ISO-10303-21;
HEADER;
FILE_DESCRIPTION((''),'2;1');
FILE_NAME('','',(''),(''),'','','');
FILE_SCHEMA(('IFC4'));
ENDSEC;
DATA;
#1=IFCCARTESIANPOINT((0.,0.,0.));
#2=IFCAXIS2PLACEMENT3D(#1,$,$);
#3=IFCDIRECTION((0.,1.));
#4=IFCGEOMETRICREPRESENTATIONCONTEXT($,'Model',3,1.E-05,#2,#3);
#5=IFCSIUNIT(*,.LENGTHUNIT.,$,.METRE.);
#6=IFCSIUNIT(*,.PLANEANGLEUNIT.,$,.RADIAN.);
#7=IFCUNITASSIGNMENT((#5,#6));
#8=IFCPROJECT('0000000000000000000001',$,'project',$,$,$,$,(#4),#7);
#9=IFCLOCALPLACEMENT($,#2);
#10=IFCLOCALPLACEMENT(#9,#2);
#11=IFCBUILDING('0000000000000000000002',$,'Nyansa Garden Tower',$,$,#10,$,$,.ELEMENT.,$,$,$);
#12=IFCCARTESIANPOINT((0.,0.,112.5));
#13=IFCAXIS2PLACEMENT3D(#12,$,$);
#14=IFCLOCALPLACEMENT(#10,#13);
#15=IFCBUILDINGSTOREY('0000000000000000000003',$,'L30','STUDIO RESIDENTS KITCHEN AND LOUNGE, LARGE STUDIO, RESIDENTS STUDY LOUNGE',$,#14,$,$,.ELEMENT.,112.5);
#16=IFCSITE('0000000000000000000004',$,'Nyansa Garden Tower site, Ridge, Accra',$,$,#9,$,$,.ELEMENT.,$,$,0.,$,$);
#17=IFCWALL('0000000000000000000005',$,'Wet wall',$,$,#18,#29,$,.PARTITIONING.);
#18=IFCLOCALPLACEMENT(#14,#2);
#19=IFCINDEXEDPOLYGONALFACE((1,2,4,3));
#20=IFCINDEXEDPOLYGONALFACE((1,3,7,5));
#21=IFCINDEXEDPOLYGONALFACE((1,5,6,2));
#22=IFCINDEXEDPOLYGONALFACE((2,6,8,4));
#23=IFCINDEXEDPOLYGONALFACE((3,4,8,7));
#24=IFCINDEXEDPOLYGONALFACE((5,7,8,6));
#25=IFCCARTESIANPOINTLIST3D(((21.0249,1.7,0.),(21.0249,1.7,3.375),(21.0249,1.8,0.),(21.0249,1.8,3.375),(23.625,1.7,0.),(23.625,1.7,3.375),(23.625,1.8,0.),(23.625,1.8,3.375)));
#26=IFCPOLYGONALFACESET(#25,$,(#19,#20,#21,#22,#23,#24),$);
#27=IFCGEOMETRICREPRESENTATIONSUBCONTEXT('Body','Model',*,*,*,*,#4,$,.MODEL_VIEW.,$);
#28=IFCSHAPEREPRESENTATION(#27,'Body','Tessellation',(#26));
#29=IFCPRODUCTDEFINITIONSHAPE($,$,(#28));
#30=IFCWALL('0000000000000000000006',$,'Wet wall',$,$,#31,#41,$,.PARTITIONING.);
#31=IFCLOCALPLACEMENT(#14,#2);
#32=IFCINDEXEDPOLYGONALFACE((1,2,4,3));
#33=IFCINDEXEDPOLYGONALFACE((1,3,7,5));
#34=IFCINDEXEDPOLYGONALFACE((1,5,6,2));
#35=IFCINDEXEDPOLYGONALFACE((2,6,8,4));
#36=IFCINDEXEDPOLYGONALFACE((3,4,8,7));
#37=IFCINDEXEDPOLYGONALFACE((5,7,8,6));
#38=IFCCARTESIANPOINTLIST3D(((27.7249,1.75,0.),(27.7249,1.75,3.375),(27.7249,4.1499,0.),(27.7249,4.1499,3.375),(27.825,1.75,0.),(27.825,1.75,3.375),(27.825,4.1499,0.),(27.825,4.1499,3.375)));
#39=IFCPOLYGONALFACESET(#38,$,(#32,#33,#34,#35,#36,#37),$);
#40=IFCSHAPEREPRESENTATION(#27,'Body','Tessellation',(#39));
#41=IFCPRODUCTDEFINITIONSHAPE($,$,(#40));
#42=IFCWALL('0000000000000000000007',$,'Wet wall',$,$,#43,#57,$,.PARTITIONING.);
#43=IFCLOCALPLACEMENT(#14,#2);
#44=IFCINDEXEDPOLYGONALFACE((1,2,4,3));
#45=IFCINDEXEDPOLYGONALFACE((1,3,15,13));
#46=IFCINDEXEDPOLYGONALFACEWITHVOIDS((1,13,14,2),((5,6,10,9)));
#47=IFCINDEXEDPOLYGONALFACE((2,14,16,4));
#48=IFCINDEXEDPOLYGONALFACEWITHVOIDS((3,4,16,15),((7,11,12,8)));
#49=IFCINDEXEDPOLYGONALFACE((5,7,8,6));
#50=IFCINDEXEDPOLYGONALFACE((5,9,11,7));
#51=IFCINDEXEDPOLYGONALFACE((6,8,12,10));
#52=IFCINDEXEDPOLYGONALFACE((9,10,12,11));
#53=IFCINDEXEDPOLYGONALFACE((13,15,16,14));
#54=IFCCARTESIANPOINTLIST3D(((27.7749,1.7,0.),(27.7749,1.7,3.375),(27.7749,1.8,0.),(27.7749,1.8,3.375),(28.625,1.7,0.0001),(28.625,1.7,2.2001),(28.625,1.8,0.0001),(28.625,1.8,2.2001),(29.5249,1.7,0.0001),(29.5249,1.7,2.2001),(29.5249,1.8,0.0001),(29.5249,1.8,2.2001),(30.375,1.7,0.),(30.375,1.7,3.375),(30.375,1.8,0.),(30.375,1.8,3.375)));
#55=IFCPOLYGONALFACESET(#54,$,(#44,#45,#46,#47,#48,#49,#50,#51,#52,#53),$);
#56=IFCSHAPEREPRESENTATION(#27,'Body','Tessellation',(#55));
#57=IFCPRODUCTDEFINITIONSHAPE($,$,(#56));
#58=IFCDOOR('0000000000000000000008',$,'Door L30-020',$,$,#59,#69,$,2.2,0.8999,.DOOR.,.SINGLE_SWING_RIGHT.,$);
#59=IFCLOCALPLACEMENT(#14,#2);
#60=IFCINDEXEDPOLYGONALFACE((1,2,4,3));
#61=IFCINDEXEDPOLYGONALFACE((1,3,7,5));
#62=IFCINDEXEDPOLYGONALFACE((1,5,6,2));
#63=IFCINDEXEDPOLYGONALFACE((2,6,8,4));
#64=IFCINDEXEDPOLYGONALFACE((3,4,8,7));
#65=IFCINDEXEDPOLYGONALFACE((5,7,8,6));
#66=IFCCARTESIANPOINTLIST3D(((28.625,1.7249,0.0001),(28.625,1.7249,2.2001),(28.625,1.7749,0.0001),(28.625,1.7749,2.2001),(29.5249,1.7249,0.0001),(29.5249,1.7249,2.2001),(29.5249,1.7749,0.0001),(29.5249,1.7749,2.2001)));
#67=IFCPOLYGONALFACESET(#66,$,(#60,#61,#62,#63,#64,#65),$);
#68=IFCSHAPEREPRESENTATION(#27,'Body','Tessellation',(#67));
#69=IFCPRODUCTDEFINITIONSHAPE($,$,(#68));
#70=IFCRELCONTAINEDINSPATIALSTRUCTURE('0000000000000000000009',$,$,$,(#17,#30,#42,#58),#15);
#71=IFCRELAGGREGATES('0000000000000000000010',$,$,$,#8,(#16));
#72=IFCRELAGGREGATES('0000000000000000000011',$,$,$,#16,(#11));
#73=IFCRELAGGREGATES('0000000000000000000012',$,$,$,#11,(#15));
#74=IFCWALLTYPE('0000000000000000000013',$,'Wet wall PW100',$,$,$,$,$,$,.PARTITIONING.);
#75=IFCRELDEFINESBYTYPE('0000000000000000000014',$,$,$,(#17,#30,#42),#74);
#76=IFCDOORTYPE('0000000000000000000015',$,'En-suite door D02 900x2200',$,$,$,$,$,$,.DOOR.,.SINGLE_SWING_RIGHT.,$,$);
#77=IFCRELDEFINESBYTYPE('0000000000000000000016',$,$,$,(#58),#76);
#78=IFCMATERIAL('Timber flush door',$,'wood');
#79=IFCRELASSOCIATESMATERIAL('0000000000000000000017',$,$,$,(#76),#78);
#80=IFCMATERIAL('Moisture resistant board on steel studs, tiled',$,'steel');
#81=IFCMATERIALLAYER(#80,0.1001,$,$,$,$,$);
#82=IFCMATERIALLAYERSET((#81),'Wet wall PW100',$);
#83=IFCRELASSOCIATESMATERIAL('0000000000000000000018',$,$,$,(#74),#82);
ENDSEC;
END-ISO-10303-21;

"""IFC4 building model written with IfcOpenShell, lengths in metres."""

from ifc_helpers import new_model, si_unit, direction, frame, frame_2d, origin, place, context, subcontext, project, spatial, rectangle, extrude, material, layer, layer_set, type_object, element, fill, save


model = new_model("IFC4")

# Units and contexts
model_context = context("Model", 3, precision=1e-05, world=origin(), true_north=direction((0.0, 1.0)))
body_context = subcontext(model_context, "Body", "Model", "MODEL_VIEW")
ifc_project = project(units=[si_unit("LENGTHUNIT", "METRE"), si_unit("PLANEANGLEUNIT", "RADIAN")], contexts=[model_context])

# Site, building, storey
site_placement = place(None, origin())
site = spatial("IfcSite", under=ifc_project, at=site_placement, Name="Nyansa Garden Tower site, Ridge, Accra", CompositionType="ELEMENT", RefElevation=0.0)
building_placement = place(site_placement, origin())
building = spatial("IfcBuilding", under=site, at=building_placement, Name="Nyansa Garden Tower", CompositionType="ELEMENT")
storey_placement = place(building_placement, frame((0.0, 0.0, 112.5)))
storey = spatial("IfcBuildingStorey", under=building, at=storey_placement, Name="L30", Description="STUDIO RESIDENTS KITCHEN AND LOUNGE, LARGE STUDIO, RESIDENTS STUDY LOUNGE", CompositionType="ELEMENT", Elevation=112.5)

# Shared definitions
ifc_material_1 = material(Name="Timber flush door", Category="wood")
door_type_1 = type_object("IfcDoorType", Name="En-suite door D02 900x2200", OperationType="SINGLE_SWING_RIGHT", PredefinedType="DOOR", material=ifc_material_1)

# Walls
ifc_material_2 = material(Name="Moisture resistant board on steel studs, tiled", Category="steel")
ifc_layer_1 = layer(ifc_material_2, 0.1001)
ifc_layer_set_1 = layer_set([ifc_layer_1], Name="Wet wall PW100")
wall_type_1 = type_object("IfcWallType", Name="Wet wall PW100", PredefinedType="PARTITIONING", material=ifc_layer_set_1)
wall_1_placement = place(storey_placement, frame((21.0249, 1.75, 0.0), z_axis=(0.0, 0.0, 1.0), x_axis=(1.0, 0.0, 0.0)))
element("IfcWall", 1, at=wall_1_placement, inside=storey, type_object=wall_type_1, Name="Wet wall", PredefinedType="PARTITIONING", context=body_context, shape_type="SweptSolid", body=[
    extrude(rectangle(XDim=2.6001, YDim=0.1001, at=frame_2d((1.3, 0.0))), origin(), (0.0, 0.0, 1.0), 3.375),
])
wall_2_placement = place(storey_placement, frame((27.7749, 1.75, 0.0), z_axis=(0.0, 0.0, 1.0), x_axis=(0.0, 1.0, 0.0)))
element("IfcWall", 2, at=wall_2_placement, inside=storey, type_object=wall_type_1, Name="Wet wall", PredefinedType="PARTITIONING", context=body_context, shape_type="SweptSolid", body=[
    extrude(rectangle(XDim=2.3999, YDim=0.1001, at=frame_2d((1.2, 0.0))), origin(), (0.0, 0.0, 1.0), 3.375),
])

# Wall, opening, door
wall_3_placement = place(storey_placement, frame((27.7749, 1.75, 0.0), z_axis=(0.0, 0.0, 1.0), x_axis=(1.0, 0.0, 0.0)))
wall_3 = element("IfcWall", 3, at=wall_3_placement, inside=storey, type_object=wall_type_1, Name="Wet wall", PredefinedType="PARTITIONING", context=body_context, shape_type="SweptSolid", body=[
    extrude(rectangle(XDim=2.6001, YDim=0.1001, at=frame_2d((1.3, 0.0))), origin(), (0.0, 0.0, 1.0), 3.375),
])
opening_1_placement = place(wall_3_placement, frame((0.8501, 0.0, 0.0)))
opening_1 = element("IfcOpeningElement", 4, at=opening_1_placement, cuts=wall_3, PredefinedType="OPENING", context=body_context, shape_type="SweptSolid", body=[
    extrude(rectangle(XDim=0.8999, YDim=2.2, at=frame_2d((0.45, 1.1001))), frame((0.0, 0.0601, 0.0), z_axis=(0.0, -1.0, 0.0), x_axis=(1.0, 0.0, 0.0)), (0.0, 0.0, 1.0), 0.1201),
])
door_1_placement = place(opening_1_placement, origin())
door_1 = element("IfcDoor", 5, at=door_1_placement, inside=storey, type_object=door_type_1, Name="Door L30-020", OperationType="SINGLE_SWING_RIGHT", OverallHeight=2.2, OverallWidth=0.8999, PredefinedType="DOOR", context=body_context, shape_type="SweptSolid", body=[
    extrude(rectangle(XDim=0.8999, YDim=2.2, at=frame_2d((0.45, 1.1001))), frame((0.0, 0.0249, 0.0), z_axis=(0.0, -1.0, 0.0), x_axis=(1.0, 0.0, 0.0)), (0.0, 0.0, 1.0), 0.05),
])
fill(opening_1, door_1)

save(model, "model.ifc")
